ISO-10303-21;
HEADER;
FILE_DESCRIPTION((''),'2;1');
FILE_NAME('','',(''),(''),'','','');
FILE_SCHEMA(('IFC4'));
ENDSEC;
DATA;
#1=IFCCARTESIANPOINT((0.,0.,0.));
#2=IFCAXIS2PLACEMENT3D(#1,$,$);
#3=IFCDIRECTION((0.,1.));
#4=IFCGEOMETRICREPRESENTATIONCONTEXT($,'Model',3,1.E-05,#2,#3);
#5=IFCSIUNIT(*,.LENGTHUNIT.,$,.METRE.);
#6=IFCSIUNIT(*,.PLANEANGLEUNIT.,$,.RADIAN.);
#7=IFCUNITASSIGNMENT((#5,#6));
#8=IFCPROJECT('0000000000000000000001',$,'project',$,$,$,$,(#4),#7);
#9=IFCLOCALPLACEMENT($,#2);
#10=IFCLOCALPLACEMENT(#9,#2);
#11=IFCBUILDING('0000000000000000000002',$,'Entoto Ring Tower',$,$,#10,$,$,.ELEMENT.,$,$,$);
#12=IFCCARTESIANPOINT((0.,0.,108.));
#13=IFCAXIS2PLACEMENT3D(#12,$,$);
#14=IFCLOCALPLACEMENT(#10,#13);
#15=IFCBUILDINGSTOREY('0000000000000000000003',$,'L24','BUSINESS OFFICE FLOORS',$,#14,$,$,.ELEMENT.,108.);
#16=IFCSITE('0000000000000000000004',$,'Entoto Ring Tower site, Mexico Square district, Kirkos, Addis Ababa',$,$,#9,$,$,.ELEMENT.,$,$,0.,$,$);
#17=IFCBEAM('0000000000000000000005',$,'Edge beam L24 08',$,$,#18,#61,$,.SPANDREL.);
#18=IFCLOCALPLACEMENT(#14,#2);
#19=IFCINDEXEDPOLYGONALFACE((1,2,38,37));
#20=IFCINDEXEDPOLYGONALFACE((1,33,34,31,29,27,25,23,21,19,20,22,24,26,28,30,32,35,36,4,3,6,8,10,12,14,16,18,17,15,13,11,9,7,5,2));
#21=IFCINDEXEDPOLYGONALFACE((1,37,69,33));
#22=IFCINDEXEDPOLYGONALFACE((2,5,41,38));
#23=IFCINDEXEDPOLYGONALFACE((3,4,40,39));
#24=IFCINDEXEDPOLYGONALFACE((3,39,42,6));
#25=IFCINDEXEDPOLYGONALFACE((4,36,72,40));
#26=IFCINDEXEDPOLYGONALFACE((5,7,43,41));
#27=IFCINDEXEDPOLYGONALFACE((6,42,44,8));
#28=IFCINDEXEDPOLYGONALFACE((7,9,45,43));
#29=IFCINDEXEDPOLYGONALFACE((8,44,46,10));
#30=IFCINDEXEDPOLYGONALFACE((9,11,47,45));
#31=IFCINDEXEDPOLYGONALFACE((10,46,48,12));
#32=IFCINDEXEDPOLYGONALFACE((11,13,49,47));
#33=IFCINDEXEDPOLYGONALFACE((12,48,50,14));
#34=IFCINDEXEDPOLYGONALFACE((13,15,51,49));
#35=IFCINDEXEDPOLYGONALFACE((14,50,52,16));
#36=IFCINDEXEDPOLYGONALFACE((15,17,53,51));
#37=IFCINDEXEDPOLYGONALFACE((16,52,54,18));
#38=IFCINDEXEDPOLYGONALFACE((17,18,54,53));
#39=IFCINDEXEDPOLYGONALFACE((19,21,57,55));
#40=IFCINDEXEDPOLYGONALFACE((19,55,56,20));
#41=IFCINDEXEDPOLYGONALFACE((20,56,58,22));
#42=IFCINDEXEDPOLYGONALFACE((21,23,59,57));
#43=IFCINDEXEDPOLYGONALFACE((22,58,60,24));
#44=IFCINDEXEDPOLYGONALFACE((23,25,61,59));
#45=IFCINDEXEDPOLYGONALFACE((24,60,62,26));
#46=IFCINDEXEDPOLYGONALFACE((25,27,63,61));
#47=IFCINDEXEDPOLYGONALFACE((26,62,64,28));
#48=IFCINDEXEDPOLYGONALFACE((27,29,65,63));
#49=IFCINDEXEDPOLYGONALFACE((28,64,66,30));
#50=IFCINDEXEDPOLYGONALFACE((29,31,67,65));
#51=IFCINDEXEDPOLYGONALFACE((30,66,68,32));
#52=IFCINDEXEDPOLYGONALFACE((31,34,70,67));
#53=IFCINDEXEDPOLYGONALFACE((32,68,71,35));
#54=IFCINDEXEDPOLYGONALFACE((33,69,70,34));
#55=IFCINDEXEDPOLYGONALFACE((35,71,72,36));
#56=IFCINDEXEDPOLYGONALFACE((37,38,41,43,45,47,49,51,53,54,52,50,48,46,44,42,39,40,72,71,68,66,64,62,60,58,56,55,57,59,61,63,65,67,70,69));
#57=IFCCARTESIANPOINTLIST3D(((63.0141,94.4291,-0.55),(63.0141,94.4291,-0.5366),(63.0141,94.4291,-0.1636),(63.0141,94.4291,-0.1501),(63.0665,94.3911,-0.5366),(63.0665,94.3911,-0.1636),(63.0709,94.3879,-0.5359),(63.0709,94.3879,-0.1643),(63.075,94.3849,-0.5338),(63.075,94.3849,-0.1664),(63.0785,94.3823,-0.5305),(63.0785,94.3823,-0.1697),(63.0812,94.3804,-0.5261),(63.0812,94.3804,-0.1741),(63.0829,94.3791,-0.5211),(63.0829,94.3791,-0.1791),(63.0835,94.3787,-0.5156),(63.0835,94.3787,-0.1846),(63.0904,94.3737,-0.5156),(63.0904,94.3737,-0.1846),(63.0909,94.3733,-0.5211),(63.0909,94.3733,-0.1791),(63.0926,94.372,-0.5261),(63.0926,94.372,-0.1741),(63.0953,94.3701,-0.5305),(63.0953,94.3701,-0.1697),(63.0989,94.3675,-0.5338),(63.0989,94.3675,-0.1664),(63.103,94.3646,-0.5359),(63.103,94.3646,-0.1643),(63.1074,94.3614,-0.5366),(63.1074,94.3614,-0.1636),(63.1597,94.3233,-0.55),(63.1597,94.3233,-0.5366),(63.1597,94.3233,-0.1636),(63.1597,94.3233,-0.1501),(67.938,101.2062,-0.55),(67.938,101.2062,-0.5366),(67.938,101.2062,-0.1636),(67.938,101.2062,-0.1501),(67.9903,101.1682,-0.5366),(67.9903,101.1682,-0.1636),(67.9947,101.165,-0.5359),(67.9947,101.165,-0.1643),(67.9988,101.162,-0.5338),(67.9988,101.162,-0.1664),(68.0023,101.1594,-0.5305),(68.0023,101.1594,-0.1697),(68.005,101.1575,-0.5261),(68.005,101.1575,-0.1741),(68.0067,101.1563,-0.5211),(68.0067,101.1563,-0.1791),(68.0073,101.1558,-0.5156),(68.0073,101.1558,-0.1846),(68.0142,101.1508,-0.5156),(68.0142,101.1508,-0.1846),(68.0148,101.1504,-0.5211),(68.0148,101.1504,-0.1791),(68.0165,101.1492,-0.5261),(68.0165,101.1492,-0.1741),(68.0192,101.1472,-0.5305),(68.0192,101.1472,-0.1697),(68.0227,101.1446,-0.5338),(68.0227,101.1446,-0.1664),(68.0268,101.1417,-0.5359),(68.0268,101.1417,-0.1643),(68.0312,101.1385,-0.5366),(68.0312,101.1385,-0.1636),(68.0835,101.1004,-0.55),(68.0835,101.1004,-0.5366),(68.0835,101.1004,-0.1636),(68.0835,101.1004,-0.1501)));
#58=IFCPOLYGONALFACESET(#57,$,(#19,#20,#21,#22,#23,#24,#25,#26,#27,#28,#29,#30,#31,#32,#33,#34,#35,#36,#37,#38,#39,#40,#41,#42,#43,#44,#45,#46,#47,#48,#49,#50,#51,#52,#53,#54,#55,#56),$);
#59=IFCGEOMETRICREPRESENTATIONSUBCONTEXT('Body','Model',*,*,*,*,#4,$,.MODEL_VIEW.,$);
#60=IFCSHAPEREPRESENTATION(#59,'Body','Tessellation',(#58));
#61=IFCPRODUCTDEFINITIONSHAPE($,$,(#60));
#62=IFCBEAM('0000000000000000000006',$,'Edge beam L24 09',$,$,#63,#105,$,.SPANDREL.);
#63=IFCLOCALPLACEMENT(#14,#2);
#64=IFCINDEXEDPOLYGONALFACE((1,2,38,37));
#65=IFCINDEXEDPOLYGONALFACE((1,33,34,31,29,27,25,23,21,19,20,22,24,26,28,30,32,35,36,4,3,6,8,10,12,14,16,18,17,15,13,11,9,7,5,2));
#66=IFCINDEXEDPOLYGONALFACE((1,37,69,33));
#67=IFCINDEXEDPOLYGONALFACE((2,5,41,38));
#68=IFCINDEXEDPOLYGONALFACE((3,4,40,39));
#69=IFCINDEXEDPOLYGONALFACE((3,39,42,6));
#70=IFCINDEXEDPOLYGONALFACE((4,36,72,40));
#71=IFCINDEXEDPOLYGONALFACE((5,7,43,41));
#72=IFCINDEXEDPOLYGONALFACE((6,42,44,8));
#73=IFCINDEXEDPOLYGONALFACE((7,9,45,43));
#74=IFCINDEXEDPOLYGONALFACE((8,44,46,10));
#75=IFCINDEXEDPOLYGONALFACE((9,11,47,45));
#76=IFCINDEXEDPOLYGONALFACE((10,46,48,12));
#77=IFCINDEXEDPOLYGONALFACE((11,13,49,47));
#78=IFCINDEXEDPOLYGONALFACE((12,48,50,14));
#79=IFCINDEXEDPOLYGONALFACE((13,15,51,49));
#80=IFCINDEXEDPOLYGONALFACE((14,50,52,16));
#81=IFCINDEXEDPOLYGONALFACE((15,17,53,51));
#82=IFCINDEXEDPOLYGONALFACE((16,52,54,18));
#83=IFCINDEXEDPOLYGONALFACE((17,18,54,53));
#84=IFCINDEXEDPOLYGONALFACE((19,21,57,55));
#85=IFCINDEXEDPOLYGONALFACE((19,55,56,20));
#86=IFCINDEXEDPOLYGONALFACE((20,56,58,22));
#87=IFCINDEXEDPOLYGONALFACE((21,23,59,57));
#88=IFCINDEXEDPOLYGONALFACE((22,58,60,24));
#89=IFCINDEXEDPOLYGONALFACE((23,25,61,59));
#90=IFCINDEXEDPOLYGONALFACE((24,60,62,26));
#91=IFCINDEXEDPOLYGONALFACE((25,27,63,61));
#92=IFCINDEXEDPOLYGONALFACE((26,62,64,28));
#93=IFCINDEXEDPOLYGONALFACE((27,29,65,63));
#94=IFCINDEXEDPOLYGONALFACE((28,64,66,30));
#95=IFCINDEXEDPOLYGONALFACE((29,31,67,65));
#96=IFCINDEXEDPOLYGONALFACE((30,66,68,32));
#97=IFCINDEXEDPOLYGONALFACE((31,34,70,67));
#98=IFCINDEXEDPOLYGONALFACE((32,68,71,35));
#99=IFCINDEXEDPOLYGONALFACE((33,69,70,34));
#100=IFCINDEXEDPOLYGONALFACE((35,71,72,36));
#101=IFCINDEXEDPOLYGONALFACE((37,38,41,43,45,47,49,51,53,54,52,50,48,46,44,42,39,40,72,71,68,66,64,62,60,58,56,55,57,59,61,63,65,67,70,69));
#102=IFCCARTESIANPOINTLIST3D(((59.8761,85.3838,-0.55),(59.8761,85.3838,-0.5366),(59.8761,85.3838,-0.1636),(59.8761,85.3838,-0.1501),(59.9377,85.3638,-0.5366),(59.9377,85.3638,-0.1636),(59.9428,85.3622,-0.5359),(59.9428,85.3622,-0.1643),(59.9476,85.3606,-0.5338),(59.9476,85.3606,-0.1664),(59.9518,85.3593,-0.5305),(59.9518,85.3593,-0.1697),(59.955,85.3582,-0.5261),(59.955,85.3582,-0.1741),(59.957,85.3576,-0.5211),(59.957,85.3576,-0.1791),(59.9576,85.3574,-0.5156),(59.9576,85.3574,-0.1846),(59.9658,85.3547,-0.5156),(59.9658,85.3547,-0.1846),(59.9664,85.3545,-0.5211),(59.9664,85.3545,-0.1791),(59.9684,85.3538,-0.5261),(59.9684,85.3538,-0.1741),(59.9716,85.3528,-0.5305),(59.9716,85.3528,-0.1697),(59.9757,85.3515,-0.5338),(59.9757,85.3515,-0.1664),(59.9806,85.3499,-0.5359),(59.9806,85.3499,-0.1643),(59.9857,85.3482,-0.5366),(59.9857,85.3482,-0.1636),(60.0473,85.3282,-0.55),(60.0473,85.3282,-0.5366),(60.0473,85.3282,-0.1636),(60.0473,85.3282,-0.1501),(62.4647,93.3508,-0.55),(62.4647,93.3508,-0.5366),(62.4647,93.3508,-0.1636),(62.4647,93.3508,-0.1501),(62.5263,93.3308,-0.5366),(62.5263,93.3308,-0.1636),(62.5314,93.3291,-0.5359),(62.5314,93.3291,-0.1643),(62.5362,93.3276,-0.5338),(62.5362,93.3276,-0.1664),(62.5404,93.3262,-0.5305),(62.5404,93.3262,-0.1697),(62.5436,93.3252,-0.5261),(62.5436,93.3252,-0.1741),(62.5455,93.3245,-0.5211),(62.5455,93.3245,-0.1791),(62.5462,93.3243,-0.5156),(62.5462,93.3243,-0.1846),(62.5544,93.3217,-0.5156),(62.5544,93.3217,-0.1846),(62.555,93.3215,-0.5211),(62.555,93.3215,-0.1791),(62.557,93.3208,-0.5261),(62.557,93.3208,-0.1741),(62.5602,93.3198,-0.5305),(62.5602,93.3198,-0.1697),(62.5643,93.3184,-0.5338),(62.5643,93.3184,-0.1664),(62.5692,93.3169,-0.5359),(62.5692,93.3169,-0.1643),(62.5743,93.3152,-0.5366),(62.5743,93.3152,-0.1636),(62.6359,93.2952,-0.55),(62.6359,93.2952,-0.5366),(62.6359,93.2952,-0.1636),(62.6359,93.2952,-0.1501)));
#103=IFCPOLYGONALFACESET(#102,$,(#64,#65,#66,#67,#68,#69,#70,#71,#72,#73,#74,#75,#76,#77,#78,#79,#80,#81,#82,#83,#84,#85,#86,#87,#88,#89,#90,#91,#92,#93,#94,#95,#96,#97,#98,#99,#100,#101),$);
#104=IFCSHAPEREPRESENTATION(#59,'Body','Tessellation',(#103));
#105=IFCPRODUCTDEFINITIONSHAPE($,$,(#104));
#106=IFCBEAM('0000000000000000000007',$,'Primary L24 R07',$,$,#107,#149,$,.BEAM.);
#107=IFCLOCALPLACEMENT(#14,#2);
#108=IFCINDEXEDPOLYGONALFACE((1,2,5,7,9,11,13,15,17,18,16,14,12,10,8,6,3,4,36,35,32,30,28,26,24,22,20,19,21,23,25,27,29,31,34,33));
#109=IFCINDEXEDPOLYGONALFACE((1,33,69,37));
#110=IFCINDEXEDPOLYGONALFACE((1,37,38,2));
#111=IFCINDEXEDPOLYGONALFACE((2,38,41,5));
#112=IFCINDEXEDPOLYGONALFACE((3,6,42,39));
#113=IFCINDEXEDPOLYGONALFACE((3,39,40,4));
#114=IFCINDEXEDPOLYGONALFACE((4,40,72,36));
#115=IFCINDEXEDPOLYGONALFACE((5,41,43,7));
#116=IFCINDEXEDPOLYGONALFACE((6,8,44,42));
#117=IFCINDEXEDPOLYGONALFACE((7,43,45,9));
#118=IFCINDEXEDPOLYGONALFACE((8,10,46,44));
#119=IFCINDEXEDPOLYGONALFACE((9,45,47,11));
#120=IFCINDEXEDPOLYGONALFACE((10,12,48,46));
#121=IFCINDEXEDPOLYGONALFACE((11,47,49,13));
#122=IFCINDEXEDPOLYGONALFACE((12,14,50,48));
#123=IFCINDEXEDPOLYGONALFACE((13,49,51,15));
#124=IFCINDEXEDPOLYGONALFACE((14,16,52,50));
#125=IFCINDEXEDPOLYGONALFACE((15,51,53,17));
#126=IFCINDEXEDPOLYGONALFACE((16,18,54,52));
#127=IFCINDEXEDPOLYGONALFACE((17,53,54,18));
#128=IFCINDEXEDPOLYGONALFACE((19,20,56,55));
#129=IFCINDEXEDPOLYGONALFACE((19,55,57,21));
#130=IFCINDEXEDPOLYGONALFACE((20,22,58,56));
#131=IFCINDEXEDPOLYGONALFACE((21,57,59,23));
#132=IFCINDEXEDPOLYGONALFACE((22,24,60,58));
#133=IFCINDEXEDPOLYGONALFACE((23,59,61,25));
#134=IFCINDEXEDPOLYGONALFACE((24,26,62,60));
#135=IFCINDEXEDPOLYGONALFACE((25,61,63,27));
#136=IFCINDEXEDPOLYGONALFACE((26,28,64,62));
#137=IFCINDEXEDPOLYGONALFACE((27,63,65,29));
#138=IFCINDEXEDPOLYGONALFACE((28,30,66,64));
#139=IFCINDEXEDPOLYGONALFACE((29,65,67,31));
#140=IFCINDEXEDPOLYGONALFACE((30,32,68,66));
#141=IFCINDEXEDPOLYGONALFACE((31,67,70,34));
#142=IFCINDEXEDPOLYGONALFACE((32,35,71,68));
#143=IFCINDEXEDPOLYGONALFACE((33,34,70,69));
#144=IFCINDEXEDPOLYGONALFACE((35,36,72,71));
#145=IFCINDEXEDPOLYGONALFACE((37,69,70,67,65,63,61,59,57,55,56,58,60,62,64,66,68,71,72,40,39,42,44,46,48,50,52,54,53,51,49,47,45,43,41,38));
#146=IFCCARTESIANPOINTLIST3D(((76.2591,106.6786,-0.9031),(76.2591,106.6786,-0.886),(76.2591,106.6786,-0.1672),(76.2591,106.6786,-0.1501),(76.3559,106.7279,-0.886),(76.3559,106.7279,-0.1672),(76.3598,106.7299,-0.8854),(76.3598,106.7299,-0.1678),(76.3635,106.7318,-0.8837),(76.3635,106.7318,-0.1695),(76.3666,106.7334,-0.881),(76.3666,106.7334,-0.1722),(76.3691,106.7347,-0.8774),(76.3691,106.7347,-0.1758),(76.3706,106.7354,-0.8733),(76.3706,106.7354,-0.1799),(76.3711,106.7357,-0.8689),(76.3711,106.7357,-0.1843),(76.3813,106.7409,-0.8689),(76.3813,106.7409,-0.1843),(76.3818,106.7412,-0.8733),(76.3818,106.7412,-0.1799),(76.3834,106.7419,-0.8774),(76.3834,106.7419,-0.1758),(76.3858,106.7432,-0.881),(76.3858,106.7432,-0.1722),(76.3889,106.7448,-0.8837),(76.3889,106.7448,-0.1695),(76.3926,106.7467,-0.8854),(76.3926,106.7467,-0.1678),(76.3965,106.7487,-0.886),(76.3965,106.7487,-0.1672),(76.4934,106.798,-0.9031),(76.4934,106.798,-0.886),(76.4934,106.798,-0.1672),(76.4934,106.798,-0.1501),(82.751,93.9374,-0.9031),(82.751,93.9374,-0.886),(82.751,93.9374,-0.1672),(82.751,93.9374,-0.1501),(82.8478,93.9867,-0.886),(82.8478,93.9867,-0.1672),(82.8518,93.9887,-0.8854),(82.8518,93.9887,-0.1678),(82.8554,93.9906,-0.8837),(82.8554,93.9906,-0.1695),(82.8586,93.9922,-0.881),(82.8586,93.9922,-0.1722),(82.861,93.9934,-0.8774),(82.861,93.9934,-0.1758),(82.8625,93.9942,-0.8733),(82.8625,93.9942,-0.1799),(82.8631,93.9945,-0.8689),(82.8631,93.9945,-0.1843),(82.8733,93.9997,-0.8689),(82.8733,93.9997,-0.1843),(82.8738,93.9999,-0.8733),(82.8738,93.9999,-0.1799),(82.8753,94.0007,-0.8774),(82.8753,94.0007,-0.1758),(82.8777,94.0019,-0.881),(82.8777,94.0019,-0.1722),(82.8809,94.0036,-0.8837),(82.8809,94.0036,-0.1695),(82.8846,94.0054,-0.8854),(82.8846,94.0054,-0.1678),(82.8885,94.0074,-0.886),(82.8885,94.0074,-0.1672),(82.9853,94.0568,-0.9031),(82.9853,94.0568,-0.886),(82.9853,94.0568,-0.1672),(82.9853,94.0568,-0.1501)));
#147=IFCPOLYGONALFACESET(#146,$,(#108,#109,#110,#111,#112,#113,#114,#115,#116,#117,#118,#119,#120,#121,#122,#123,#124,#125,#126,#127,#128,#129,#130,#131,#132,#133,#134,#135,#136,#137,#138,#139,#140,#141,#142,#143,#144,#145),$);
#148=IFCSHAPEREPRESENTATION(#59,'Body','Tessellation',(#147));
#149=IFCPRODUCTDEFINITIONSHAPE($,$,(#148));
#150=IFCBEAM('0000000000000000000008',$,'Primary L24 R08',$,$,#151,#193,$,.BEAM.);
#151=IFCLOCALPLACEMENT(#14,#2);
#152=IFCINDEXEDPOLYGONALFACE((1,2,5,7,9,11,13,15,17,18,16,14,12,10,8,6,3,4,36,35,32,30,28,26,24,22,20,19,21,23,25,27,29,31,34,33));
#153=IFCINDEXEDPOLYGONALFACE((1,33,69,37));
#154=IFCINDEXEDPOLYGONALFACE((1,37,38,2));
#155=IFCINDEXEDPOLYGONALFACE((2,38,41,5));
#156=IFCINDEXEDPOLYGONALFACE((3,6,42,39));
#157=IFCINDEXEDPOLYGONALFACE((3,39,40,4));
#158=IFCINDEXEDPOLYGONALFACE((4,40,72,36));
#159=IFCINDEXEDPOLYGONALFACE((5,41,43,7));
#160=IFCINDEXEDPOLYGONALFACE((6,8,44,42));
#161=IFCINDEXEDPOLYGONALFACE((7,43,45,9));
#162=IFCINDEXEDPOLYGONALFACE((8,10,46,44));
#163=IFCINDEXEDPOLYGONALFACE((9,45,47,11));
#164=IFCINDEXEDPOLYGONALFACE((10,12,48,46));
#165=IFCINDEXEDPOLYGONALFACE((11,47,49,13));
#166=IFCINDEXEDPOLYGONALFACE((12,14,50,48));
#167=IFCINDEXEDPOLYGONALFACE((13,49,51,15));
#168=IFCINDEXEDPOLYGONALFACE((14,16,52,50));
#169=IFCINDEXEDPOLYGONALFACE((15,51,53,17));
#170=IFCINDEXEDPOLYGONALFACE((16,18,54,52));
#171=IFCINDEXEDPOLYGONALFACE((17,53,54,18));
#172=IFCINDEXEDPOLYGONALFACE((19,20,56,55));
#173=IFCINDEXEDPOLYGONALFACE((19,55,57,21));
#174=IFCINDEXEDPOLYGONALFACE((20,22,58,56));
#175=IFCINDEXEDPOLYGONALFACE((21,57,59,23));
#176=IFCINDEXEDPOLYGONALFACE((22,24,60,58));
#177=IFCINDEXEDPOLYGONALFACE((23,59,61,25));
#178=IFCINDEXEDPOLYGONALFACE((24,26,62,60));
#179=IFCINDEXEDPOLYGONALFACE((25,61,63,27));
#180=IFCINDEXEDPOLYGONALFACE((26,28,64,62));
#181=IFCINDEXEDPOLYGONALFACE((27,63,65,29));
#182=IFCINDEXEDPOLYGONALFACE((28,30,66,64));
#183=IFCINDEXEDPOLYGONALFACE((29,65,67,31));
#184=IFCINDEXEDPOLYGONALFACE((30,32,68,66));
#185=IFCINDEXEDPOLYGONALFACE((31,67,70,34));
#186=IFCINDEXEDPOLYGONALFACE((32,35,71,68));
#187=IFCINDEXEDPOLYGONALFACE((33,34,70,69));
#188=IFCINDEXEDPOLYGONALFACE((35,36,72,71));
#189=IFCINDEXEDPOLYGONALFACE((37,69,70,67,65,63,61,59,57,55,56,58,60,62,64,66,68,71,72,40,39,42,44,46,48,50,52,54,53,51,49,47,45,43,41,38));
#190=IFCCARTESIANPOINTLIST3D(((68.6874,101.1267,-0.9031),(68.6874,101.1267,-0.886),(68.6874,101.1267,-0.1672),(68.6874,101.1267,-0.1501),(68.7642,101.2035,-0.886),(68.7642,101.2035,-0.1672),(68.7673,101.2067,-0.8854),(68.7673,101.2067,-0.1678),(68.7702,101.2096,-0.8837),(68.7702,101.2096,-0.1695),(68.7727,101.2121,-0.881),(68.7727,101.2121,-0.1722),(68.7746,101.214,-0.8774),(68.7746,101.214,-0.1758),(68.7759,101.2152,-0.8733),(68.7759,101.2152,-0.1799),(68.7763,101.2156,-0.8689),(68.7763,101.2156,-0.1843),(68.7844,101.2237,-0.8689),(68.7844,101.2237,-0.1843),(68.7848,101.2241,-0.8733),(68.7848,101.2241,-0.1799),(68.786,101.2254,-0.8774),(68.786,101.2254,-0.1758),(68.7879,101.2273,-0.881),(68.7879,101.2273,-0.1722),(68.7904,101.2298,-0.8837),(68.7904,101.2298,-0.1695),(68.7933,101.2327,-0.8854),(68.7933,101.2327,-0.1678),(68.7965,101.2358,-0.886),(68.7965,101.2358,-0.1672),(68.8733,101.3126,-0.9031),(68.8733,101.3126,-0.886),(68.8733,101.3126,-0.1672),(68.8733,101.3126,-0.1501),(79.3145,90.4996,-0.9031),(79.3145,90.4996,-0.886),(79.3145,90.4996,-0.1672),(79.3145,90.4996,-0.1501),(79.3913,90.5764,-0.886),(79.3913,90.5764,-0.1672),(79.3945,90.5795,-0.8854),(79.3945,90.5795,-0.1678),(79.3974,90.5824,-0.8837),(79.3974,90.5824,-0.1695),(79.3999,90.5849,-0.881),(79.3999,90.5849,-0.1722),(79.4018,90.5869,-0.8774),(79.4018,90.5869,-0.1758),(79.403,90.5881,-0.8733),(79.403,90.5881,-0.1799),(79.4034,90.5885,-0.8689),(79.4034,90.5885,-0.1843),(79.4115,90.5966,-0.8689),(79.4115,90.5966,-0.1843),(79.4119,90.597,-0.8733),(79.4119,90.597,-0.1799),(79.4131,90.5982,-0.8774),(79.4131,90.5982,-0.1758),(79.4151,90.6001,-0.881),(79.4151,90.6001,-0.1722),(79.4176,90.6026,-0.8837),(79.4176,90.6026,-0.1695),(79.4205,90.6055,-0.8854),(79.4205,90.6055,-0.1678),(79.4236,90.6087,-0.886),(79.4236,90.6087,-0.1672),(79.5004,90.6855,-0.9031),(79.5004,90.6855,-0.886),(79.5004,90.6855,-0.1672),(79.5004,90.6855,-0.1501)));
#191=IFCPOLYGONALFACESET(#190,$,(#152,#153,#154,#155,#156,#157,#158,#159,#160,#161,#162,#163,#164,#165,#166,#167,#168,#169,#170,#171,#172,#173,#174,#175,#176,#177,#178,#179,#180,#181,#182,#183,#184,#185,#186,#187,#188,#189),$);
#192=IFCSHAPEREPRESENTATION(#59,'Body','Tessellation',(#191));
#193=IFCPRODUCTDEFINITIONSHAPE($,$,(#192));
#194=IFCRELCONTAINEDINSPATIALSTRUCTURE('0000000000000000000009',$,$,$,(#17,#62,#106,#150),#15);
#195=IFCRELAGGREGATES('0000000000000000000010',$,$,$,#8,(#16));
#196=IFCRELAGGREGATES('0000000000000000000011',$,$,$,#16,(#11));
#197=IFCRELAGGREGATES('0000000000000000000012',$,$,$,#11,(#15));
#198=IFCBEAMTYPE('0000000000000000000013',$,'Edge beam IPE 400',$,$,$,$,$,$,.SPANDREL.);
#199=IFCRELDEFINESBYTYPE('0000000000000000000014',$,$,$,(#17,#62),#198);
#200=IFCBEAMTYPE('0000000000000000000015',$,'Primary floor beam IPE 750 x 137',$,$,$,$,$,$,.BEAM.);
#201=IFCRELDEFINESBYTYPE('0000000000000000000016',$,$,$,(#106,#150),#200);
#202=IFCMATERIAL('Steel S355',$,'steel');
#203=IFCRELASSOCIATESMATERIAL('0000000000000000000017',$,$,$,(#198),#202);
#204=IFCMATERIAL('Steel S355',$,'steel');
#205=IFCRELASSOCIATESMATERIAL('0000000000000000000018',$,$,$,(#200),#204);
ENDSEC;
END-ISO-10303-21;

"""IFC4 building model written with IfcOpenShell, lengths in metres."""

from ifc_helpers import new_model, si_unit, direction, frame, origin, origin_2d, place, context, subcontext, project, spatial, i_section, extrude, material, material_profile, profile_set, type_object, element, save


model = new_model("IFC4")

# Units and contexts
model_context = context("Model", 3, precision=1e-05, world=origin(), true_north=direction((0.0, 1.0)))
body_context = subcontext(model_context, "Body", "Model", "MODEL_VIEW")
ifc_project = project(units=[si_unit("LENGTHUNIT", "METRE"), si_unit("PLANEANGLEUNIT", "RADIAN")], contexts=[model_context])

# Site, building, storey
site_placement = place(None, origin())
site = spatial("IfcSite", under=ifc_project, at=site_placement, Name="Entoto Ring Tower site, Mexico Square district, Kirkos, Addis Ababa", CompositionType="ELEMENT", RefElevation=0.0)
building_placement = place(site_placement, origin())
building = spatial("IfcBuilding", under=site, at=building_placement, Name="Entoto Ring Tower", CompositionType="ELEMENT")
storey_placement = place(building_placement, frame((0.0, 0.0, 108.0)))
storey = spatial("IfcBuildingStorey", under=building, at=storey_placement, Name="L24", Description="BUSINESS OFFICE FLOORS", CompositionType="ELEMENT", Elevation=108.0)

# Beams
ifc_material_1 = material(Name="Steel S355", Category="steel")
ifc_material_profile_1 = material_profile(ifc_material_1, i_section(OverallWidth=0.1799, OverallDepth=0.3999, WebThickness=0.0085, FlangeThickness=0.0134, FilletRadius=0.021, at=origin_2d()), Name="IPE 400")
ifc_profile_set_1 = profile_set([ifc_material_profile_1], Name="Steel S355")
beam_type_1 = type_object("IfcBeamType", Name="Edge beam IPE 400", PredefinedType="SPANDREL", material=ifc_profile_set_1)
for number, where, z_axis, x_axis, name in (
    (1, (68.0107, 101.1533, -0.3501), (-0.587783, -0.809018, 0.0), (0.809018, -0.587783, 0.0), "Edge beam L24 08"),
    (2, (62.5503, 93.323, -0.3501), (-0.309014, -0.951057, 0.0), (0.951057, -0.309014, 0.0), "Edge beam L24 09"),
):
    element("IfcBeam", number, at=place(storey_placement, frame(where, z_axis=z_axis, x_axis=x_axis)), inside=storey, type_object=beam_type_1, Name=name, PredefinedType="SPANDREL", context=body_context, shape_type="SweptSolid", body=[
        extrude(i_section(OverallWidth=0.1799, OverallDepth=0.3999, WebThickness=0.0085, FlangeThickness=0.0134, FilletRadius=0.021, at=origin_2d()), origin(), (0.0, 0.0, 1.0), 8.377),
    ])
ifc_material_2 = material(Name="Steel S355", Category="steel")
ifc_material_profile_2 = material_profile(ifc_material_2, i_section(OverallWidth=0.2629, OverallDepth=0.7529, WebThickness=0.0115, FlangeThickness=0.0171, FilletRadius=0.0171, at=origin_2d()), Name="IPE 750 x 137")
ifc_profile_set_2 = profile_set([ifc_material_profile_2], Name="Steel S355")
beam_type_2 = type_object("IfcBeamType", Name="Primary floor beam IPE 750 x 137", PredefinedType="BEAM", material=ifc_profile_set_2)
beam_1_placement = place(storey_placement, frame((82.8682, 93.9971, -0.5266), z_axis=(-0.453989, 0.891007, 0.0), x_axis=(-0.891007, -0.453989, 0.0)))
element("IfcBeam", 3, at=beam_1_placement, inside=storey, type_object=beam_type_2, Name="Primary L24 R07", PredefinedType="BEAM", context=body_context, shape_type="SweptSolid", body=[
    extrude(i_section(OverallWidth=0.2629, OverallDepth=0.7529, WebThickness=0.0115, FlangeThickness=0.0171, FilletRadius=0.0171, at=origin_2d()), origin(), (0.0, 0.0, 1.0), 14.2998),
])
beam_2_placement = place(storey_placement, frame((79.4075, 90.5925, -0.5266), z_axis=(-0.707107, 0.707107, 0.0), x_axis=(-0.707107, -0.707107, 0.0)))
element("IfcBeam", 4, at=beam_2_placement, inside=storey, type_object=beam_type_2, Name="Primary L24 R08", PredefinedType="BEAM", context=body_context, shape_type="SweptSolid", body=[
    extrude(i_section(OverallWidth=0.2629, OverallDepth=0.7529, WebThickness=0.0115, FlangeThickness=0.0171, FilletRadius=0.0171, at=origin_2d()), origin(), (0.0, 0.0, 1.0), 15.0291),
])

save(model, "model.ifc")
